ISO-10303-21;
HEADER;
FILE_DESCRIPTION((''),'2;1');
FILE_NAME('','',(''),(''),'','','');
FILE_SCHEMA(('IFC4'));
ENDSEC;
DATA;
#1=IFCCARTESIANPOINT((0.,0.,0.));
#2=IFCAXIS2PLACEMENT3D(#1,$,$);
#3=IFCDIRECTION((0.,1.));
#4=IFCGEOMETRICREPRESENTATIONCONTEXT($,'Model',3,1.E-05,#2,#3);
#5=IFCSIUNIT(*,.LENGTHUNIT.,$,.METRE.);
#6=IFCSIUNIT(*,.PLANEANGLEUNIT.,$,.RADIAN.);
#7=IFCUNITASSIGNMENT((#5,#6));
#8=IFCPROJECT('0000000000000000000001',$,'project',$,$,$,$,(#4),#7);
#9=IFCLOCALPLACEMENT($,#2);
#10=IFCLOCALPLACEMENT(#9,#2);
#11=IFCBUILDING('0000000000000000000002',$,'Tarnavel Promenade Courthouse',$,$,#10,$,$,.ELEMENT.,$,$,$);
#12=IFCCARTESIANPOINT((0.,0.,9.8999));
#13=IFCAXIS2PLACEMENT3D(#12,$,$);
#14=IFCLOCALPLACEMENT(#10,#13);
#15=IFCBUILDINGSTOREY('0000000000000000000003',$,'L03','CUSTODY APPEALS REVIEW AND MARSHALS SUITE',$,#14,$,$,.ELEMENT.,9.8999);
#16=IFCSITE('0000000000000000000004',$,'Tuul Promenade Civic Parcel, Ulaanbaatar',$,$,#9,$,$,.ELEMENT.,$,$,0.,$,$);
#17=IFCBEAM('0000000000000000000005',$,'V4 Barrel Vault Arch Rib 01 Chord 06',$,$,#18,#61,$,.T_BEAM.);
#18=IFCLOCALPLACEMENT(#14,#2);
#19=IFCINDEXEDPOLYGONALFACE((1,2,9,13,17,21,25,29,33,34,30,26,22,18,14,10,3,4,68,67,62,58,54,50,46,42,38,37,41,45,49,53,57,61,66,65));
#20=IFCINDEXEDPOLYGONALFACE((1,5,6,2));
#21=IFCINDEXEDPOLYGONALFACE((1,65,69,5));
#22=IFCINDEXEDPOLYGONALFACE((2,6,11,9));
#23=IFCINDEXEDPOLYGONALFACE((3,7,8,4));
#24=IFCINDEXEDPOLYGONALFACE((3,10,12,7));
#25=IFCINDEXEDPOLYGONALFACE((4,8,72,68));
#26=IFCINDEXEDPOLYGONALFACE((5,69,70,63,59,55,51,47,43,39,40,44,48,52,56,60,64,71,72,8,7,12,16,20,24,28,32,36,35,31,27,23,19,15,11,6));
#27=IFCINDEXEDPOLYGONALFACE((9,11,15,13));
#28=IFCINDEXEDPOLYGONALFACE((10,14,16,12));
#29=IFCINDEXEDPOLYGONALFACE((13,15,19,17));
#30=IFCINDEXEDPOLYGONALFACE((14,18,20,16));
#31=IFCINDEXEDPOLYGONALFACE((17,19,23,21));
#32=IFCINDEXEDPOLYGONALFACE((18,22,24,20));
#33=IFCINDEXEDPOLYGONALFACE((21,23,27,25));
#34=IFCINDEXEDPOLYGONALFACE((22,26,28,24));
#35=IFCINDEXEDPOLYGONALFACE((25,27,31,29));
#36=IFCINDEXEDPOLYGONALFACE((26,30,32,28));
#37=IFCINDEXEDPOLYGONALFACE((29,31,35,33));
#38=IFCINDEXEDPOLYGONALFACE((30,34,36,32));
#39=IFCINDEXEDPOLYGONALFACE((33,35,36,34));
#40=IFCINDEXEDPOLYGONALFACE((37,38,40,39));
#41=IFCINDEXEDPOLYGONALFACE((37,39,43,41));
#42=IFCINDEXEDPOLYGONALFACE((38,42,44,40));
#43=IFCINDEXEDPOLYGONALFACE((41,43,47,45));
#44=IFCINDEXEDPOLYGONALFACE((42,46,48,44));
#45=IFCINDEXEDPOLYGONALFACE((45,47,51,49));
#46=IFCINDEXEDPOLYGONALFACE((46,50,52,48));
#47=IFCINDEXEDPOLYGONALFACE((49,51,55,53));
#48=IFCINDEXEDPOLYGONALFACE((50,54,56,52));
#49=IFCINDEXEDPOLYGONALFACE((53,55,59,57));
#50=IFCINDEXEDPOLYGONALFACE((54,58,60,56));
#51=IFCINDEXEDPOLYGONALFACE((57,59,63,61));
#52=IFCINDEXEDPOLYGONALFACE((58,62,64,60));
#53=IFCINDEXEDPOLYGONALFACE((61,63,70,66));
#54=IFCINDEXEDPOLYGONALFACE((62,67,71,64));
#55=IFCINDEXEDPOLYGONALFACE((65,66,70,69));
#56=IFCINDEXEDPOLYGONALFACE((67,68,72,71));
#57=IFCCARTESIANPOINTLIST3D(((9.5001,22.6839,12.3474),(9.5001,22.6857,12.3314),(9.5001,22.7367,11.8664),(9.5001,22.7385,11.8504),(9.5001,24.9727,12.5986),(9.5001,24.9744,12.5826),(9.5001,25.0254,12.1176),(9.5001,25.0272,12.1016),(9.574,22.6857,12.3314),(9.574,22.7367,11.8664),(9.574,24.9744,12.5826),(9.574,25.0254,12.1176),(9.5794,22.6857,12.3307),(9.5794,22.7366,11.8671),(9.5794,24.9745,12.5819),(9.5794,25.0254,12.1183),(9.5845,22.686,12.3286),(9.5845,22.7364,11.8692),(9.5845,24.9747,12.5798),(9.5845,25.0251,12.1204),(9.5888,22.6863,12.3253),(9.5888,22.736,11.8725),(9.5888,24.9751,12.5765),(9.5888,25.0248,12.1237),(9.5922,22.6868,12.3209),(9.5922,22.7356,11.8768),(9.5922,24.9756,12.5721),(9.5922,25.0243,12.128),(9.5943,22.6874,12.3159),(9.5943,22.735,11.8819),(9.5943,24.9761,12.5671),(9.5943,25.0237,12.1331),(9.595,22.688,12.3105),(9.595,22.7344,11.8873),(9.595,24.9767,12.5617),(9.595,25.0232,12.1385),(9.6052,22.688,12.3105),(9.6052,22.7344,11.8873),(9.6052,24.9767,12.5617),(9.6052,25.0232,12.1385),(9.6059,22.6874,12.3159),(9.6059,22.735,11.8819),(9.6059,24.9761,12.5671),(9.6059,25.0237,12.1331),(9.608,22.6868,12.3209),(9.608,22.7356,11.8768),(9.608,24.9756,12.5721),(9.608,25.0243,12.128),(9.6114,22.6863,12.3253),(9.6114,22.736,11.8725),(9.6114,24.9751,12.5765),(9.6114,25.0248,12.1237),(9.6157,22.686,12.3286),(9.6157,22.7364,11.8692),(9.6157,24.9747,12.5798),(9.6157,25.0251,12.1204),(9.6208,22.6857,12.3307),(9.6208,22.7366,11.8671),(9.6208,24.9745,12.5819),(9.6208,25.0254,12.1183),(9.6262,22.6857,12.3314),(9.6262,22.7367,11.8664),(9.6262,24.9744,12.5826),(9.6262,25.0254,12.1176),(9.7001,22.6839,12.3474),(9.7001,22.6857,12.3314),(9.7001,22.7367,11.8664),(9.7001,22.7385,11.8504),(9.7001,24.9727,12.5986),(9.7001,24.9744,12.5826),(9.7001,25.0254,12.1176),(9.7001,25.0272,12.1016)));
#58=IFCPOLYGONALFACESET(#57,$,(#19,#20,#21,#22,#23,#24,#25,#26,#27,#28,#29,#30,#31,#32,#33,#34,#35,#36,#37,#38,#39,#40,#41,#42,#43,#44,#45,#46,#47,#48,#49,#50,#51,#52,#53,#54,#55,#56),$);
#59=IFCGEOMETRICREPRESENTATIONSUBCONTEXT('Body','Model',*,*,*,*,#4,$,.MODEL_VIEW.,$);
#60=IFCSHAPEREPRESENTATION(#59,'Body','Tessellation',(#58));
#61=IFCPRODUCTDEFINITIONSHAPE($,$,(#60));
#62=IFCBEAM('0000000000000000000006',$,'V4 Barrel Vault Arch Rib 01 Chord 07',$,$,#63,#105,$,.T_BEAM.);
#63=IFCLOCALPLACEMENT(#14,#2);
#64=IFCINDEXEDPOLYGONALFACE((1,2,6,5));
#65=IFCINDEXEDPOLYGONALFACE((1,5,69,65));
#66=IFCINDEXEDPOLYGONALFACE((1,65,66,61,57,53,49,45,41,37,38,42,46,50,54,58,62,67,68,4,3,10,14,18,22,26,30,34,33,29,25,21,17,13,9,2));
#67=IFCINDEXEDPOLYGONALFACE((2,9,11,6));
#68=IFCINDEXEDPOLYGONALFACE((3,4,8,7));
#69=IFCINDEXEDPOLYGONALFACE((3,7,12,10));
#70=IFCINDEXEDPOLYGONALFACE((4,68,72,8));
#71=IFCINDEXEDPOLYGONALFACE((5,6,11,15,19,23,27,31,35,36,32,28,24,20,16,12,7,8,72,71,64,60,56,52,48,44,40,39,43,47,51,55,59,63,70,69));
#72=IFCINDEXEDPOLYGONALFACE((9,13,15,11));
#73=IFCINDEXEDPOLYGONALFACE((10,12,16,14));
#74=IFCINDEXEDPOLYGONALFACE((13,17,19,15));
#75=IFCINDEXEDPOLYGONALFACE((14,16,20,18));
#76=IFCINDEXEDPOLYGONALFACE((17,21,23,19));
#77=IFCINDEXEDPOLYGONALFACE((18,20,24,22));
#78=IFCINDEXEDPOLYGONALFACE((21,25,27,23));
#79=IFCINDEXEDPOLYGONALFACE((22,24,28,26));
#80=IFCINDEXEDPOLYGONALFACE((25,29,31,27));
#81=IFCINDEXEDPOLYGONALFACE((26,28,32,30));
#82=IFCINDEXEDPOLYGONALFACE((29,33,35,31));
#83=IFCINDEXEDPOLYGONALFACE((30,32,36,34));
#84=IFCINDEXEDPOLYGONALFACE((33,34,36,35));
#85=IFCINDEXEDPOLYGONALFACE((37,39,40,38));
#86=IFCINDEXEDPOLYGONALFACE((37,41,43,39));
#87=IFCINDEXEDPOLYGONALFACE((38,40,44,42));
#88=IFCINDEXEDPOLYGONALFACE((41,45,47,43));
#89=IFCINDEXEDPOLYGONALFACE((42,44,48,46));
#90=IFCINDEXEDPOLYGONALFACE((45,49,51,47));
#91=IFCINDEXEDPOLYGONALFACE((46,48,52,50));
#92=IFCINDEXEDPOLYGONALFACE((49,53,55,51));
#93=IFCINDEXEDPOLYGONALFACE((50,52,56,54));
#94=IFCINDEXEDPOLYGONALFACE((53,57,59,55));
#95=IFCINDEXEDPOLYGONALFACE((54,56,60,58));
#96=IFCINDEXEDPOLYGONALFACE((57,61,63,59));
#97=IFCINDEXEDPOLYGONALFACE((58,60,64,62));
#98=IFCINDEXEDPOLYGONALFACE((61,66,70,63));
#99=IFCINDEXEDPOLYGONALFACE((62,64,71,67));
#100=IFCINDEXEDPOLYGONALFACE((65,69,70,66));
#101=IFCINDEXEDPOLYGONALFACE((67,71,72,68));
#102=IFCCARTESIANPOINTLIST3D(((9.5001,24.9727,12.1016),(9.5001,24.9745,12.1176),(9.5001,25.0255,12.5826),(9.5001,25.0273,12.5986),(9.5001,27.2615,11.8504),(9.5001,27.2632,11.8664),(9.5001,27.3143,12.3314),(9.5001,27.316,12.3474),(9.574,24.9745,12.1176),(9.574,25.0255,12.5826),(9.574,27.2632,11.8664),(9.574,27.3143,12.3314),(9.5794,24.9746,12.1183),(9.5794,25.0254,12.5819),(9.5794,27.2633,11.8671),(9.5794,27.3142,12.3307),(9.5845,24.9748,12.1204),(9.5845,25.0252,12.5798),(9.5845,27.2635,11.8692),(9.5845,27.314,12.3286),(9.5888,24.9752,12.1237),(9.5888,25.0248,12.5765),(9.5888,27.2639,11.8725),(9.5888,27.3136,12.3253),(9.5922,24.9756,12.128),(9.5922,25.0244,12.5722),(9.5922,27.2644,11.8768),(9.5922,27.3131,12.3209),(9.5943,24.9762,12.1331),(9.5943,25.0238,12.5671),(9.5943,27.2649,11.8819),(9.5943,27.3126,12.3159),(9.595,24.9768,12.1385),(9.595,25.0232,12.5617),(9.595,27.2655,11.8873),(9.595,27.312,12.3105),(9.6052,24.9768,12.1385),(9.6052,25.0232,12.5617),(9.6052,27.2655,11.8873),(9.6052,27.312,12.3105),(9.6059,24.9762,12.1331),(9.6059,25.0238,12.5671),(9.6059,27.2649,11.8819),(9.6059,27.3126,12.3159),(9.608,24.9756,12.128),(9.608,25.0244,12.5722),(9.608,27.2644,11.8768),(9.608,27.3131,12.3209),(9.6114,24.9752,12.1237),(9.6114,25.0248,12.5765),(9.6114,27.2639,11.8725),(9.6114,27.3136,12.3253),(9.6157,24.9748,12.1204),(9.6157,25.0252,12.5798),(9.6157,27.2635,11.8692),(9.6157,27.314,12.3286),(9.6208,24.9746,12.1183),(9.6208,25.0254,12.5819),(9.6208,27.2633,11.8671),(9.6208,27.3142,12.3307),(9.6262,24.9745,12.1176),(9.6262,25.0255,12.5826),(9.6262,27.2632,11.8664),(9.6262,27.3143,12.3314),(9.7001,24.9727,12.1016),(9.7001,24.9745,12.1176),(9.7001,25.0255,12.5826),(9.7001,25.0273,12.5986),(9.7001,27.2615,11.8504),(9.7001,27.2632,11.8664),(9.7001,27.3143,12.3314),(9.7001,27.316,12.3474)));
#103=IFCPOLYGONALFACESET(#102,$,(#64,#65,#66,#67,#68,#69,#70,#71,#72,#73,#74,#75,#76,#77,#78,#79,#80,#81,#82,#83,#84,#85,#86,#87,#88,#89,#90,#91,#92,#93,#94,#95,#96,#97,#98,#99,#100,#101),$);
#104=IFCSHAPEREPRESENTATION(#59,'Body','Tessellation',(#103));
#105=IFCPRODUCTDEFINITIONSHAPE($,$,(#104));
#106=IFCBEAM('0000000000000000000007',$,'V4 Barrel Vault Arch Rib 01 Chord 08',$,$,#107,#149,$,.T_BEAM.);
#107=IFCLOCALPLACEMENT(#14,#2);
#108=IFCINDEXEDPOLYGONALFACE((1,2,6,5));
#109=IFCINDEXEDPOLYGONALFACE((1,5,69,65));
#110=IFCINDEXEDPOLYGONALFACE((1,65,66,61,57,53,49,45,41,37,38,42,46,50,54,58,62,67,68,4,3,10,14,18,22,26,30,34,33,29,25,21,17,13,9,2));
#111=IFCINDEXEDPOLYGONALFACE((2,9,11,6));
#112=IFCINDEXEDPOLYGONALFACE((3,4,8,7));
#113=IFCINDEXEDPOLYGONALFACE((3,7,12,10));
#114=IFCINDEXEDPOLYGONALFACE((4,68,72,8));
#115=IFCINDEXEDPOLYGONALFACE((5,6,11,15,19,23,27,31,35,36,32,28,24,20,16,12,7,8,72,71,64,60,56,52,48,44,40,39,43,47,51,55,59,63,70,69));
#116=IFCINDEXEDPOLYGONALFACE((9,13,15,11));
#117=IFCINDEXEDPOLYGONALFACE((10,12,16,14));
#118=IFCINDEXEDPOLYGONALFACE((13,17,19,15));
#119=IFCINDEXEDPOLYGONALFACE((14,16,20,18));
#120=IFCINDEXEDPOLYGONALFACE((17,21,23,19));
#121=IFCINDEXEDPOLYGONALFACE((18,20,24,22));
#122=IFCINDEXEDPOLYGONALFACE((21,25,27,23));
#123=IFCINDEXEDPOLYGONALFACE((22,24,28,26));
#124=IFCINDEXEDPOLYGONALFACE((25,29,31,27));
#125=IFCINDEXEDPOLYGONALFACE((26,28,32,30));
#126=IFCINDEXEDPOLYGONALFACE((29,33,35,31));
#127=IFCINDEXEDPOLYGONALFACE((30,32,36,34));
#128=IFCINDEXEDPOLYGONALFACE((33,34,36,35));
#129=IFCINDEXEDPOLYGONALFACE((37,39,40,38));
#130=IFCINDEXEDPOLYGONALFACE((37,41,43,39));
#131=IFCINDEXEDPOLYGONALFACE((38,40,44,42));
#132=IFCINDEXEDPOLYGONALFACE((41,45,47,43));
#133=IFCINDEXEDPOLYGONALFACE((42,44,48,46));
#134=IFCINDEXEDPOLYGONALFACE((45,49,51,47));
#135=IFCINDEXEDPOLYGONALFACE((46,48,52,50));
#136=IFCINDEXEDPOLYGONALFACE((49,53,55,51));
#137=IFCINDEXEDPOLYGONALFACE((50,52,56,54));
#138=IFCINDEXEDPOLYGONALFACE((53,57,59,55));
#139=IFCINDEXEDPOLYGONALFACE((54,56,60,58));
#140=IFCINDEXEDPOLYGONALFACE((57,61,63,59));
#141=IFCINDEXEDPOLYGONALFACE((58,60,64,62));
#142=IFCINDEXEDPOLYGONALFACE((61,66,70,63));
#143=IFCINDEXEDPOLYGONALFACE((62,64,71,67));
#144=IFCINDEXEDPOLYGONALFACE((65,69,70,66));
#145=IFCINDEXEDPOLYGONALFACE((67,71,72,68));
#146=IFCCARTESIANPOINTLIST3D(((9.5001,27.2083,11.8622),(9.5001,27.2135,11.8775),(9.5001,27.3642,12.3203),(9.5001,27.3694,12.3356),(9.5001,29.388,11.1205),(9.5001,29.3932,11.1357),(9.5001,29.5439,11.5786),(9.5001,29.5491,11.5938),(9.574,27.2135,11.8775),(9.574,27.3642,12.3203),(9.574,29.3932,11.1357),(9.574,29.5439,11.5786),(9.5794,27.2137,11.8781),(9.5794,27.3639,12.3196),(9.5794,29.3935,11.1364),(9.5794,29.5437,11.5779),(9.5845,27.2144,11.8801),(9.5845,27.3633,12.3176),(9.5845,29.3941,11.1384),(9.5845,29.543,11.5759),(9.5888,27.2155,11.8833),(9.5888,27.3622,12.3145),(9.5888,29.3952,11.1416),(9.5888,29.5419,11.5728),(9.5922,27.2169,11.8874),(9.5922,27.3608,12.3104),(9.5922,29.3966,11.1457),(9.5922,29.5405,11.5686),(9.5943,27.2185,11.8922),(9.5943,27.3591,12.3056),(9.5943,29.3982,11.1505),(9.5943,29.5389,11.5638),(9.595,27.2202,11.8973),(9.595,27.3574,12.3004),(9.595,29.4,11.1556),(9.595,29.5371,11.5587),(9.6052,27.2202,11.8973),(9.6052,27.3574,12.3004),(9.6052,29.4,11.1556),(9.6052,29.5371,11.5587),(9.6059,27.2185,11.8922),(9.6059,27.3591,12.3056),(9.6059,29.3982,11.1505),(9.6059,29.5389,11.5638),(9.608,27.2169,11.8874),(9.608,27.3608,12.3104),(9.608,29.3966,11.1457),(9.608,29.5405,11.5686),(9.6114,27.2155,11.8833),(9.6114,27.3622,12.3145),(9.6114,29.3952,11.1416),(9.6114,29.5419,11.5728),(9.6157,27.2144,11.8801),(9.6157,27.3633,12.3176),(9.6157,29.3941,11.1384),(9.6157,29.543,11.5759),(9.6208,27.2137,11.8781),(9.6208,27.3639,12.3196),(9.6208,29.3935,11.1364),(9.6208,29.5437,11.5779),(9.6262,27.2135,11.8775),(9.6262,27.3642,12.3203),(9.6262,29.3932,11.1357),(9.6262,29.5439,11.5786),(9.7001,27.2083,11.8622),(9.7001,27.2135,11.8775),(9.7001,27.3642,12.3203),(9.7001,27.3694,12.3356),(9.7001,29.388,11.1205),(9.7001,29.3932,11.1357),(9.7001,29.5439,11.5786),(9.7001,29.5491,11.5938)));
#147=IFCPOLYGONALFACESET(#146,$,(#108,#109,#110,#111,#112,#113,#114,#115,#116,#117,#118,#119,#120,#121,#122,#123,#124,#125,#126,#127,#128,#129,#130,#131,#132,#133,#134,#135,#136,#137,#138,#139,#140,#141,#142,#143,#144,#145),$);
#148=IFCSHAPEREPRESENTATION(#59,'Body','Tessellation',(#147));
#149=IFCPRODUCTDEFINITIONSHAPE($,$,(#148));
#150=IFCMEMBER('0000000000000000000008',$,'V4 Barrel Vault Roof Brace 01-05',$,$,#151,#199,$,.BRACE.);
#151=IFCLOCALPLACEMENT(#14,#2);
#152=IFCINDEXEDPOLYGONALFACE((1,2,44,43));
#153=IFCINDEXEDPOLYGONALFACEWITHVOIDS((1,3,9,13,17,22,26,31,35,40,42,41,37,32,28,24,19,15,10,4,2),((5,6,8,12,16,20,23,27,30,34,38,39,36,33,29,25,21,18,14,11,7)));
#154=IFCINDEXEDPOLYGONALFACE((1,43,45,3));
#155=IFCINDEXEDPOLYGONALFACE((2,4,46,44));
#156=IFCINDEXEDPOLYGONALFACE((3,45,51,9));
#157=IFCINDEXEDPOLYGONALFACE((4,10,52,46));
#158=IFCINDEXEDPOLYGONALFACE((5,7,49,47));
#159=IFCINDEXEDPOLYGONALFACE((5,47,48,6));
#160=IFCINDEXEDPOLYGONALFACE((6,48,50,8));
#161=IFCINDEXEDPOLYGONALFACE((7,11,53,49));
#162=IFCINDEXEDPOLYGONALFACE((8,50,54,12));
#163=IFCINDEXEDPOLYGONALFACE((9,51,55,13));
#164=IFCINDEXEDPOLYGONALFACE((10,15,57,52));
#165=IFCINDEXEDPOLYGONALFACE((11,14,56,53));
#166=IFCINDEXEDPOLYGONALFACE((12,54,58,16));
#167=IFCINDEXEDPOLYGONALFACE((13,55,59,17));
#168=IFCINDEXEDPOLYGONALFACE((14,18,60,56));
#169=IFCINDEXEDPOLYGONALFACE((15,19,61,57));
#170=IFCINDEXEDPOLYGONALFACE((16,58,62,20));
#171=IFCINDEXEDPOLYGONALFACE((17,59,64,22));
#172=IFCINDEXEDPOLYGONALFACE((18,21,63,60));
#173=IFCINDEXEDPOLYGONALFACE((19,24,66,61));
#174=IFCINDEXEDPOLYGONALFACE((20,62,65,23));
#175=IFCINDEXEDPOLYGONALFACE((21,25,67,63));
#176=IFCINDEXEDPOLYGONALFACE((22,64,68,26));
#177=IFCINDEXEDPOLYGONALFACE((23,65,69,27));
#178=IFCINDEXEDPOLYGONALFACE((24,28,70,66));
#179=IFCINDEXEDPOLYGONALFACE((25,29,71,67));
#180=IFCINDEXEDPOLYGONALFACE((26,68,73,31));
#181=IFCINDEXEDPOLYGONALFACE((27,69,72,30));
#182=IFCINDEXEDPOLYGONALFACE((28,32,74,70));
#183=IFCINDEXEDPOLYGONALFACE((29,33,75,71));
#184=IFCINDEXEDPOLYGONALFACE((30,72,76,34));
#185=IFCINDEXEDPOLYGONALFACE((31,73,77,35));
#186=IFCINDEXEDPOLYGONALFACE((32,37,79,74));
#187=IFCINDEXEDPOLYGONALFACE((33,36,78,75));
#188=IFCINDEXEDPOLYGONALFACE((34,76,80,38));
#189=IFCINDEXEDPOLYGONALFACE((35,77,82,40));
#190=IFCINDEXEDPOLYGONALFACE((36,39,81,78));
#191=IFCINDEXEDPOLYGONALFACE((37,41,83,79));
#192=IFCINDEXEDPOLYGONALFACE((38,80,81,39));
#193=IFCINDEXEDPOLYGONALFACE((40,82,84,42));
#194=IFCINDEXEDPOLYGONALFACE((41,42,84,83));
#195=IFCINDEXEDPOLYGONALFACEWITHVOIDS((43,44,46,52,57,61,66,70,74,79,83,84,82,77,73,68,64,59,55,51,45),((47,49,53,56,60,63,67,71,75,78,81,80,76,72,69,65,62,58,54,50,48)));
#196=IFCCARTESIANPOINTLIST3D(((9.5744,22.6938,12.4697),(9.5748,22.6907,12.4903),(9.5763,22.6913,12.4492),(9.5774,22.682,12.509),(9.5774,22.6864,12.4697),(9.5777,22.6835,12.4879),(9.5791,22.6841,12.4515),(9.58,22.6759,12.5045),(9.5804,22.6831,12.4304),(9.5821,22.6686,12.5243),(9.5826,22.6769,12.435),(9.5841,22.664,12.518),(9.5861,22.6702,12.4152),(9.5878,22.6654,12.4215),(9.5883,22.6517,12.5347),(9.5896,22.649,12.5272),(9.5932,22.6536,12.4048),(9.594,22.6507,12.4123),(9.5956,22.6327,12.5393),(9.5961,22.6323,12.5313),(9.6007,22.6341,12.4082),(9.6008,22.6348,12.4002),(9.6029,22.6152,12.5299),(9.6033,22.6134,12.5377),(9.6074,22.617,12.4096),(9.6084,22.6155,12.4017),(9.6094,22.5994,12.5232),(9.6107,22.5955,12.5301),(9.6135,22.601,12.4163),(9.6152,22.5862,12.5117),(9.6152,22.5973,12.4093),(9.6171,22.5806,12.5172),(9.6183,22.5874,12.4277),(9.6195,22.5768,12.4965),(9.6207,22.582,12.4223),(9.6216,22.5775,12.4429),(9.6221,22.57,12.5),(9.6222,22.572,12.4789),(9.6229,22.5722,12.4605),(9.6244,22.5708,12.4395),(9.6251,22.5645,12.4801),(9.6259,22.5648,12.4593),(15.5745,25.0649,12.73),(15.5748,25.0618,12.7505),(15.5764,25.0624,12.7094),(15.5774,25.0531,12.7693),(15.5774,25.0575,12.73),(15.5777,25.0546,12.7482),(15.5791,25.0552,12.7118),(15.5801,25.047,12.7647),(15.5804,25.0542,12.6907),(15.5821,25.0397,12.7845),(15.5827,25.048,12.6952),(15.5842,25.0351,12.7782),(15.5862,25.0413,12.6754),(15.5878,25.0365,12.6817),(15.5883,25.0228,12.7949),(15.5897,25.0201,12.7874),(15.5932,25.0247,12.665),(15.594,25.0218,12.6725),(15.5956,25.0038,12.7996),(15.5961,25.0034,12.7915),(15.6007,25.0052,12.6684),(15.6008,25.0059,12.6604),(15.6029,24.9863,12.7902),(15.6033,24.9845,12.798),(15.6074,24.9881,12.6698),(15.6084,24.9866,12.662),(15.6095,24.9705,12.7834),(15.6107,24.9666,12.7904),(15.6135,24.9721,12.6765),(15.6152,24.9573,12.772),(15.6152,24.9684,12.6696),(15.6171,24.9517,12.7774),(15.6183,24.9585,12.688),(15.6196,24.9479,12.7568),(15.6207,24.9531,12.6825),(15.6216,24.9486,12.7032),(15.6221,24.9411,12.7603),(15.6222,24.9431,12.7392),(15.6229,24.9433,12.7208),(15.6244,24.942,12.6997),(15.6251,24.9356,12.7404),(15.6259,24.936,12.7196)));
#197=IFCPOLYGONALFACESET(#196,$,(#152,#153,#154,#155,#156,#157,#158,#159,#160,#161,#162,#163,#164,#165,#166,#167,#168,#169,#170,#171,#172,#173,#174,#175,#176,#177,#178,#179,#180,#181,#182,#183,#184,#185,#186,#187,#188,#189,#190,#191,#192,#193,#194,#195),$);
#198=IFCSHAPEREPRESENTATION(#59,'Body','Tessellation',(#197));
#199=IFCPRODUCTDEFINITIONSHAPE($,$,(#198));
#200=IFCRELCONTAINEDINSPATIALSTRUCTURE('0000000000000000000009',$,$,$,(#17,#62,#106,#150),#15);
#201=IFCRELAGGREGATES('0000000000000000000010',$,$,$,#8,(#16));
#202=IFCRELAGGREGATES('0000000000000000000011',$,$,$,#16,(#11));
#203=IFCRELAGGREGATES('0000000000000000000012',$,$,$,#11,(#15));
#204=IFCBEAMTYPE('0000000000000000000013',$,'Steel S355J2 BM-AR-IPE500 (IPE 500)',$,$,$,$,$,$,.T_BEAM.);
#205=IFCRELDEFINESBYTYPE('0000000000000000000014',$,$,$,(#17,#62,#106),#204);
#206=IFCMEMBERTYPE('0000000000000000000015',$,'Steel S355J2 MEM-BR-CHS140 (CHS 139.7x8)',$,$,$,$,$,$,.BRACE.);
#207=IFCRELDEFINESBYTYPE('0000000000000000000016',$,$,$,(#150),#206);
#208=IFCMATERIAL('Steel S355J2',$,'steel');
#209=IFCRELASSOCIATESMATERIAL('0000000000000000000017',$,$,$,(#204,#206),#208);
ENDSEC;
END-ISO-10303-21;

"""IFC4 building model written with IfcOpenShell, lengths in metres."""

from ifc_helpers import new_model, si_unit, direction, frame, origin, origin_2d, place, context, subcontext, project, spatial, hollow_circle, i_section, extrude, material, material_profile, profile_set, type_object, element, save


model = new_model("IFC4")

# Units and contexts
model_context = context("Model", 3, precision=1e-05, world=origin(), true_north=direction((0.0, 1.0)))
body_context = subcontext(model_context, "Body", "Model", "MODEL_VIEW")
ifc_project = project(units=[si_unit("LENGTHUNIT", "METRE"), si_unit("PLANEANGLEUNIT", "RADIAN")], contexts=[model_context])

# Site, building, storey
site_placement = place(None, origin())
site = spatial("IfcSite", under=ifc_project, at=site_placement, Name="Tuul Promenade Civic Parcel, Ulaanbaatar", CompositionType="ELEMENT", RefElevation=0.0)
building_placement = place(site_placement, origin())
building = spatial("IfcBuilding", under=site, at=building_placement, Name="Tarnavel Promenade Courthouse", CompositionType="ELEMENT")
storey_placement = place(building_placement, frame((0.0, 0.0, 9.8999)))
storey = spatial("IfcBuildingStorey", under=building, at=storey_placement, Name="L03", Description="CUSTODY APPEALS REVIEW AND MARSHALS SUITE", CompositionType="ELEMENT", Elevation=9.8999)

# Beams
ifc_material_1 = material(Name="Steel S355J2", Category="steel")
ifc_material_profile_1 = material_profile(ifc_material_1, i_section(OverallWidth=0.2, OverallDepth=0.5, WebThickness=0.0103, FlangeThickness=0.0161, FilletRadius=0.021, at=origin_2d()), Name="IPE 500")
ifc_profile_set_1 = profile_set([ifc_material_profile_1], Name="Steel S355J2")
beam_type = type_object("IfcBeamType", Name="Steel S355J2 BM-AR-IPE500 (IPE 500)", PredefinedType="T_BEAM", material=ifc_profile_set_1)
for number, where, z_axis, x_axis, name in (
    (1, (9.6001, 22.7112, 12.0989), (0.0, 0.99403, 0.109105), (-1.0, 0.0, 0.0), "V4 Barrel Vault Arch Rib 01 Chord 06"),
    (2, (9.6001, 25.0, 12.3501), (0.0, 0.99403, -0.109105), (-1.0, 0.0, 0.0), "V4 Barrel Vault Arch Rib 01 Chord 07"),
    (3, (9.6001, 27.2888, 12.0989), (0.0, 0.946693, -0.322138), (-1.0, 0.0, 0.0), "V4 Barrel Vault Arch Rib 01 Chord 08"),
):
    element("IfcBeam", number, at=place(storey_placement, frame(where, z_axis=z_axis, x_axis=x_axis)), inside=storey, type_object=beam_type, Name=name, PredefinedType="T_BEAM", context=body_context, shape_type="SweptSolid", body=[
        extrude(i_section(OverallWidth=0.2, OverallDepth=0.5, WebThickness=0.0103, FlangeThickness=0.0161, FilletRadius=0.021, at=origin_2d()), origin(), (0.0, 0.0, 1.0), 2.3025),
    ])

# Member
ifc_material_profile_2 = material_profile(ifc_material_1, hollow_circle(Radius=0.0698, WallThickness=0.0081, at=origin_2d()), Name="CHS 139.7x8")
ifc_profile_set_2 = profile_set([ifc_material_profile_2], Name="Steel S355J2")
member_type_1 = type_object("IfcMemberType", Name="Steel S355J2 MEM-BR-CHS140 (CHS 139.7x8)", PredefinedType="BRACE", material=ifc_profile_set_2)
for number, where, z_axis, x_axis, name in (
    (4, (9.6001, 22.6289, 12.4697), (0.929258, 0.367226, 0.040307), (-0.367525, 0.930014, 0.0), "V4 Barrel Vault Roof Brace 01-05"),
):
    element("IfcMember", number, at=place(storey_placement, frame(where, z_axis=z_axis, x_axis=x_axis)), inside=storey, type_object=member_type_1, Name=name, PredefinedType="BRACE", context=body_context, shape_type="SweptSolid", body=[
        extrude(hollow_circle(Radius=0.0698, WallThickness=0.0081, at=origin_2d()), origin(), (0.0, 0.0, 1.0), 6.4568),
    ])

save(model, "model.ifc")
